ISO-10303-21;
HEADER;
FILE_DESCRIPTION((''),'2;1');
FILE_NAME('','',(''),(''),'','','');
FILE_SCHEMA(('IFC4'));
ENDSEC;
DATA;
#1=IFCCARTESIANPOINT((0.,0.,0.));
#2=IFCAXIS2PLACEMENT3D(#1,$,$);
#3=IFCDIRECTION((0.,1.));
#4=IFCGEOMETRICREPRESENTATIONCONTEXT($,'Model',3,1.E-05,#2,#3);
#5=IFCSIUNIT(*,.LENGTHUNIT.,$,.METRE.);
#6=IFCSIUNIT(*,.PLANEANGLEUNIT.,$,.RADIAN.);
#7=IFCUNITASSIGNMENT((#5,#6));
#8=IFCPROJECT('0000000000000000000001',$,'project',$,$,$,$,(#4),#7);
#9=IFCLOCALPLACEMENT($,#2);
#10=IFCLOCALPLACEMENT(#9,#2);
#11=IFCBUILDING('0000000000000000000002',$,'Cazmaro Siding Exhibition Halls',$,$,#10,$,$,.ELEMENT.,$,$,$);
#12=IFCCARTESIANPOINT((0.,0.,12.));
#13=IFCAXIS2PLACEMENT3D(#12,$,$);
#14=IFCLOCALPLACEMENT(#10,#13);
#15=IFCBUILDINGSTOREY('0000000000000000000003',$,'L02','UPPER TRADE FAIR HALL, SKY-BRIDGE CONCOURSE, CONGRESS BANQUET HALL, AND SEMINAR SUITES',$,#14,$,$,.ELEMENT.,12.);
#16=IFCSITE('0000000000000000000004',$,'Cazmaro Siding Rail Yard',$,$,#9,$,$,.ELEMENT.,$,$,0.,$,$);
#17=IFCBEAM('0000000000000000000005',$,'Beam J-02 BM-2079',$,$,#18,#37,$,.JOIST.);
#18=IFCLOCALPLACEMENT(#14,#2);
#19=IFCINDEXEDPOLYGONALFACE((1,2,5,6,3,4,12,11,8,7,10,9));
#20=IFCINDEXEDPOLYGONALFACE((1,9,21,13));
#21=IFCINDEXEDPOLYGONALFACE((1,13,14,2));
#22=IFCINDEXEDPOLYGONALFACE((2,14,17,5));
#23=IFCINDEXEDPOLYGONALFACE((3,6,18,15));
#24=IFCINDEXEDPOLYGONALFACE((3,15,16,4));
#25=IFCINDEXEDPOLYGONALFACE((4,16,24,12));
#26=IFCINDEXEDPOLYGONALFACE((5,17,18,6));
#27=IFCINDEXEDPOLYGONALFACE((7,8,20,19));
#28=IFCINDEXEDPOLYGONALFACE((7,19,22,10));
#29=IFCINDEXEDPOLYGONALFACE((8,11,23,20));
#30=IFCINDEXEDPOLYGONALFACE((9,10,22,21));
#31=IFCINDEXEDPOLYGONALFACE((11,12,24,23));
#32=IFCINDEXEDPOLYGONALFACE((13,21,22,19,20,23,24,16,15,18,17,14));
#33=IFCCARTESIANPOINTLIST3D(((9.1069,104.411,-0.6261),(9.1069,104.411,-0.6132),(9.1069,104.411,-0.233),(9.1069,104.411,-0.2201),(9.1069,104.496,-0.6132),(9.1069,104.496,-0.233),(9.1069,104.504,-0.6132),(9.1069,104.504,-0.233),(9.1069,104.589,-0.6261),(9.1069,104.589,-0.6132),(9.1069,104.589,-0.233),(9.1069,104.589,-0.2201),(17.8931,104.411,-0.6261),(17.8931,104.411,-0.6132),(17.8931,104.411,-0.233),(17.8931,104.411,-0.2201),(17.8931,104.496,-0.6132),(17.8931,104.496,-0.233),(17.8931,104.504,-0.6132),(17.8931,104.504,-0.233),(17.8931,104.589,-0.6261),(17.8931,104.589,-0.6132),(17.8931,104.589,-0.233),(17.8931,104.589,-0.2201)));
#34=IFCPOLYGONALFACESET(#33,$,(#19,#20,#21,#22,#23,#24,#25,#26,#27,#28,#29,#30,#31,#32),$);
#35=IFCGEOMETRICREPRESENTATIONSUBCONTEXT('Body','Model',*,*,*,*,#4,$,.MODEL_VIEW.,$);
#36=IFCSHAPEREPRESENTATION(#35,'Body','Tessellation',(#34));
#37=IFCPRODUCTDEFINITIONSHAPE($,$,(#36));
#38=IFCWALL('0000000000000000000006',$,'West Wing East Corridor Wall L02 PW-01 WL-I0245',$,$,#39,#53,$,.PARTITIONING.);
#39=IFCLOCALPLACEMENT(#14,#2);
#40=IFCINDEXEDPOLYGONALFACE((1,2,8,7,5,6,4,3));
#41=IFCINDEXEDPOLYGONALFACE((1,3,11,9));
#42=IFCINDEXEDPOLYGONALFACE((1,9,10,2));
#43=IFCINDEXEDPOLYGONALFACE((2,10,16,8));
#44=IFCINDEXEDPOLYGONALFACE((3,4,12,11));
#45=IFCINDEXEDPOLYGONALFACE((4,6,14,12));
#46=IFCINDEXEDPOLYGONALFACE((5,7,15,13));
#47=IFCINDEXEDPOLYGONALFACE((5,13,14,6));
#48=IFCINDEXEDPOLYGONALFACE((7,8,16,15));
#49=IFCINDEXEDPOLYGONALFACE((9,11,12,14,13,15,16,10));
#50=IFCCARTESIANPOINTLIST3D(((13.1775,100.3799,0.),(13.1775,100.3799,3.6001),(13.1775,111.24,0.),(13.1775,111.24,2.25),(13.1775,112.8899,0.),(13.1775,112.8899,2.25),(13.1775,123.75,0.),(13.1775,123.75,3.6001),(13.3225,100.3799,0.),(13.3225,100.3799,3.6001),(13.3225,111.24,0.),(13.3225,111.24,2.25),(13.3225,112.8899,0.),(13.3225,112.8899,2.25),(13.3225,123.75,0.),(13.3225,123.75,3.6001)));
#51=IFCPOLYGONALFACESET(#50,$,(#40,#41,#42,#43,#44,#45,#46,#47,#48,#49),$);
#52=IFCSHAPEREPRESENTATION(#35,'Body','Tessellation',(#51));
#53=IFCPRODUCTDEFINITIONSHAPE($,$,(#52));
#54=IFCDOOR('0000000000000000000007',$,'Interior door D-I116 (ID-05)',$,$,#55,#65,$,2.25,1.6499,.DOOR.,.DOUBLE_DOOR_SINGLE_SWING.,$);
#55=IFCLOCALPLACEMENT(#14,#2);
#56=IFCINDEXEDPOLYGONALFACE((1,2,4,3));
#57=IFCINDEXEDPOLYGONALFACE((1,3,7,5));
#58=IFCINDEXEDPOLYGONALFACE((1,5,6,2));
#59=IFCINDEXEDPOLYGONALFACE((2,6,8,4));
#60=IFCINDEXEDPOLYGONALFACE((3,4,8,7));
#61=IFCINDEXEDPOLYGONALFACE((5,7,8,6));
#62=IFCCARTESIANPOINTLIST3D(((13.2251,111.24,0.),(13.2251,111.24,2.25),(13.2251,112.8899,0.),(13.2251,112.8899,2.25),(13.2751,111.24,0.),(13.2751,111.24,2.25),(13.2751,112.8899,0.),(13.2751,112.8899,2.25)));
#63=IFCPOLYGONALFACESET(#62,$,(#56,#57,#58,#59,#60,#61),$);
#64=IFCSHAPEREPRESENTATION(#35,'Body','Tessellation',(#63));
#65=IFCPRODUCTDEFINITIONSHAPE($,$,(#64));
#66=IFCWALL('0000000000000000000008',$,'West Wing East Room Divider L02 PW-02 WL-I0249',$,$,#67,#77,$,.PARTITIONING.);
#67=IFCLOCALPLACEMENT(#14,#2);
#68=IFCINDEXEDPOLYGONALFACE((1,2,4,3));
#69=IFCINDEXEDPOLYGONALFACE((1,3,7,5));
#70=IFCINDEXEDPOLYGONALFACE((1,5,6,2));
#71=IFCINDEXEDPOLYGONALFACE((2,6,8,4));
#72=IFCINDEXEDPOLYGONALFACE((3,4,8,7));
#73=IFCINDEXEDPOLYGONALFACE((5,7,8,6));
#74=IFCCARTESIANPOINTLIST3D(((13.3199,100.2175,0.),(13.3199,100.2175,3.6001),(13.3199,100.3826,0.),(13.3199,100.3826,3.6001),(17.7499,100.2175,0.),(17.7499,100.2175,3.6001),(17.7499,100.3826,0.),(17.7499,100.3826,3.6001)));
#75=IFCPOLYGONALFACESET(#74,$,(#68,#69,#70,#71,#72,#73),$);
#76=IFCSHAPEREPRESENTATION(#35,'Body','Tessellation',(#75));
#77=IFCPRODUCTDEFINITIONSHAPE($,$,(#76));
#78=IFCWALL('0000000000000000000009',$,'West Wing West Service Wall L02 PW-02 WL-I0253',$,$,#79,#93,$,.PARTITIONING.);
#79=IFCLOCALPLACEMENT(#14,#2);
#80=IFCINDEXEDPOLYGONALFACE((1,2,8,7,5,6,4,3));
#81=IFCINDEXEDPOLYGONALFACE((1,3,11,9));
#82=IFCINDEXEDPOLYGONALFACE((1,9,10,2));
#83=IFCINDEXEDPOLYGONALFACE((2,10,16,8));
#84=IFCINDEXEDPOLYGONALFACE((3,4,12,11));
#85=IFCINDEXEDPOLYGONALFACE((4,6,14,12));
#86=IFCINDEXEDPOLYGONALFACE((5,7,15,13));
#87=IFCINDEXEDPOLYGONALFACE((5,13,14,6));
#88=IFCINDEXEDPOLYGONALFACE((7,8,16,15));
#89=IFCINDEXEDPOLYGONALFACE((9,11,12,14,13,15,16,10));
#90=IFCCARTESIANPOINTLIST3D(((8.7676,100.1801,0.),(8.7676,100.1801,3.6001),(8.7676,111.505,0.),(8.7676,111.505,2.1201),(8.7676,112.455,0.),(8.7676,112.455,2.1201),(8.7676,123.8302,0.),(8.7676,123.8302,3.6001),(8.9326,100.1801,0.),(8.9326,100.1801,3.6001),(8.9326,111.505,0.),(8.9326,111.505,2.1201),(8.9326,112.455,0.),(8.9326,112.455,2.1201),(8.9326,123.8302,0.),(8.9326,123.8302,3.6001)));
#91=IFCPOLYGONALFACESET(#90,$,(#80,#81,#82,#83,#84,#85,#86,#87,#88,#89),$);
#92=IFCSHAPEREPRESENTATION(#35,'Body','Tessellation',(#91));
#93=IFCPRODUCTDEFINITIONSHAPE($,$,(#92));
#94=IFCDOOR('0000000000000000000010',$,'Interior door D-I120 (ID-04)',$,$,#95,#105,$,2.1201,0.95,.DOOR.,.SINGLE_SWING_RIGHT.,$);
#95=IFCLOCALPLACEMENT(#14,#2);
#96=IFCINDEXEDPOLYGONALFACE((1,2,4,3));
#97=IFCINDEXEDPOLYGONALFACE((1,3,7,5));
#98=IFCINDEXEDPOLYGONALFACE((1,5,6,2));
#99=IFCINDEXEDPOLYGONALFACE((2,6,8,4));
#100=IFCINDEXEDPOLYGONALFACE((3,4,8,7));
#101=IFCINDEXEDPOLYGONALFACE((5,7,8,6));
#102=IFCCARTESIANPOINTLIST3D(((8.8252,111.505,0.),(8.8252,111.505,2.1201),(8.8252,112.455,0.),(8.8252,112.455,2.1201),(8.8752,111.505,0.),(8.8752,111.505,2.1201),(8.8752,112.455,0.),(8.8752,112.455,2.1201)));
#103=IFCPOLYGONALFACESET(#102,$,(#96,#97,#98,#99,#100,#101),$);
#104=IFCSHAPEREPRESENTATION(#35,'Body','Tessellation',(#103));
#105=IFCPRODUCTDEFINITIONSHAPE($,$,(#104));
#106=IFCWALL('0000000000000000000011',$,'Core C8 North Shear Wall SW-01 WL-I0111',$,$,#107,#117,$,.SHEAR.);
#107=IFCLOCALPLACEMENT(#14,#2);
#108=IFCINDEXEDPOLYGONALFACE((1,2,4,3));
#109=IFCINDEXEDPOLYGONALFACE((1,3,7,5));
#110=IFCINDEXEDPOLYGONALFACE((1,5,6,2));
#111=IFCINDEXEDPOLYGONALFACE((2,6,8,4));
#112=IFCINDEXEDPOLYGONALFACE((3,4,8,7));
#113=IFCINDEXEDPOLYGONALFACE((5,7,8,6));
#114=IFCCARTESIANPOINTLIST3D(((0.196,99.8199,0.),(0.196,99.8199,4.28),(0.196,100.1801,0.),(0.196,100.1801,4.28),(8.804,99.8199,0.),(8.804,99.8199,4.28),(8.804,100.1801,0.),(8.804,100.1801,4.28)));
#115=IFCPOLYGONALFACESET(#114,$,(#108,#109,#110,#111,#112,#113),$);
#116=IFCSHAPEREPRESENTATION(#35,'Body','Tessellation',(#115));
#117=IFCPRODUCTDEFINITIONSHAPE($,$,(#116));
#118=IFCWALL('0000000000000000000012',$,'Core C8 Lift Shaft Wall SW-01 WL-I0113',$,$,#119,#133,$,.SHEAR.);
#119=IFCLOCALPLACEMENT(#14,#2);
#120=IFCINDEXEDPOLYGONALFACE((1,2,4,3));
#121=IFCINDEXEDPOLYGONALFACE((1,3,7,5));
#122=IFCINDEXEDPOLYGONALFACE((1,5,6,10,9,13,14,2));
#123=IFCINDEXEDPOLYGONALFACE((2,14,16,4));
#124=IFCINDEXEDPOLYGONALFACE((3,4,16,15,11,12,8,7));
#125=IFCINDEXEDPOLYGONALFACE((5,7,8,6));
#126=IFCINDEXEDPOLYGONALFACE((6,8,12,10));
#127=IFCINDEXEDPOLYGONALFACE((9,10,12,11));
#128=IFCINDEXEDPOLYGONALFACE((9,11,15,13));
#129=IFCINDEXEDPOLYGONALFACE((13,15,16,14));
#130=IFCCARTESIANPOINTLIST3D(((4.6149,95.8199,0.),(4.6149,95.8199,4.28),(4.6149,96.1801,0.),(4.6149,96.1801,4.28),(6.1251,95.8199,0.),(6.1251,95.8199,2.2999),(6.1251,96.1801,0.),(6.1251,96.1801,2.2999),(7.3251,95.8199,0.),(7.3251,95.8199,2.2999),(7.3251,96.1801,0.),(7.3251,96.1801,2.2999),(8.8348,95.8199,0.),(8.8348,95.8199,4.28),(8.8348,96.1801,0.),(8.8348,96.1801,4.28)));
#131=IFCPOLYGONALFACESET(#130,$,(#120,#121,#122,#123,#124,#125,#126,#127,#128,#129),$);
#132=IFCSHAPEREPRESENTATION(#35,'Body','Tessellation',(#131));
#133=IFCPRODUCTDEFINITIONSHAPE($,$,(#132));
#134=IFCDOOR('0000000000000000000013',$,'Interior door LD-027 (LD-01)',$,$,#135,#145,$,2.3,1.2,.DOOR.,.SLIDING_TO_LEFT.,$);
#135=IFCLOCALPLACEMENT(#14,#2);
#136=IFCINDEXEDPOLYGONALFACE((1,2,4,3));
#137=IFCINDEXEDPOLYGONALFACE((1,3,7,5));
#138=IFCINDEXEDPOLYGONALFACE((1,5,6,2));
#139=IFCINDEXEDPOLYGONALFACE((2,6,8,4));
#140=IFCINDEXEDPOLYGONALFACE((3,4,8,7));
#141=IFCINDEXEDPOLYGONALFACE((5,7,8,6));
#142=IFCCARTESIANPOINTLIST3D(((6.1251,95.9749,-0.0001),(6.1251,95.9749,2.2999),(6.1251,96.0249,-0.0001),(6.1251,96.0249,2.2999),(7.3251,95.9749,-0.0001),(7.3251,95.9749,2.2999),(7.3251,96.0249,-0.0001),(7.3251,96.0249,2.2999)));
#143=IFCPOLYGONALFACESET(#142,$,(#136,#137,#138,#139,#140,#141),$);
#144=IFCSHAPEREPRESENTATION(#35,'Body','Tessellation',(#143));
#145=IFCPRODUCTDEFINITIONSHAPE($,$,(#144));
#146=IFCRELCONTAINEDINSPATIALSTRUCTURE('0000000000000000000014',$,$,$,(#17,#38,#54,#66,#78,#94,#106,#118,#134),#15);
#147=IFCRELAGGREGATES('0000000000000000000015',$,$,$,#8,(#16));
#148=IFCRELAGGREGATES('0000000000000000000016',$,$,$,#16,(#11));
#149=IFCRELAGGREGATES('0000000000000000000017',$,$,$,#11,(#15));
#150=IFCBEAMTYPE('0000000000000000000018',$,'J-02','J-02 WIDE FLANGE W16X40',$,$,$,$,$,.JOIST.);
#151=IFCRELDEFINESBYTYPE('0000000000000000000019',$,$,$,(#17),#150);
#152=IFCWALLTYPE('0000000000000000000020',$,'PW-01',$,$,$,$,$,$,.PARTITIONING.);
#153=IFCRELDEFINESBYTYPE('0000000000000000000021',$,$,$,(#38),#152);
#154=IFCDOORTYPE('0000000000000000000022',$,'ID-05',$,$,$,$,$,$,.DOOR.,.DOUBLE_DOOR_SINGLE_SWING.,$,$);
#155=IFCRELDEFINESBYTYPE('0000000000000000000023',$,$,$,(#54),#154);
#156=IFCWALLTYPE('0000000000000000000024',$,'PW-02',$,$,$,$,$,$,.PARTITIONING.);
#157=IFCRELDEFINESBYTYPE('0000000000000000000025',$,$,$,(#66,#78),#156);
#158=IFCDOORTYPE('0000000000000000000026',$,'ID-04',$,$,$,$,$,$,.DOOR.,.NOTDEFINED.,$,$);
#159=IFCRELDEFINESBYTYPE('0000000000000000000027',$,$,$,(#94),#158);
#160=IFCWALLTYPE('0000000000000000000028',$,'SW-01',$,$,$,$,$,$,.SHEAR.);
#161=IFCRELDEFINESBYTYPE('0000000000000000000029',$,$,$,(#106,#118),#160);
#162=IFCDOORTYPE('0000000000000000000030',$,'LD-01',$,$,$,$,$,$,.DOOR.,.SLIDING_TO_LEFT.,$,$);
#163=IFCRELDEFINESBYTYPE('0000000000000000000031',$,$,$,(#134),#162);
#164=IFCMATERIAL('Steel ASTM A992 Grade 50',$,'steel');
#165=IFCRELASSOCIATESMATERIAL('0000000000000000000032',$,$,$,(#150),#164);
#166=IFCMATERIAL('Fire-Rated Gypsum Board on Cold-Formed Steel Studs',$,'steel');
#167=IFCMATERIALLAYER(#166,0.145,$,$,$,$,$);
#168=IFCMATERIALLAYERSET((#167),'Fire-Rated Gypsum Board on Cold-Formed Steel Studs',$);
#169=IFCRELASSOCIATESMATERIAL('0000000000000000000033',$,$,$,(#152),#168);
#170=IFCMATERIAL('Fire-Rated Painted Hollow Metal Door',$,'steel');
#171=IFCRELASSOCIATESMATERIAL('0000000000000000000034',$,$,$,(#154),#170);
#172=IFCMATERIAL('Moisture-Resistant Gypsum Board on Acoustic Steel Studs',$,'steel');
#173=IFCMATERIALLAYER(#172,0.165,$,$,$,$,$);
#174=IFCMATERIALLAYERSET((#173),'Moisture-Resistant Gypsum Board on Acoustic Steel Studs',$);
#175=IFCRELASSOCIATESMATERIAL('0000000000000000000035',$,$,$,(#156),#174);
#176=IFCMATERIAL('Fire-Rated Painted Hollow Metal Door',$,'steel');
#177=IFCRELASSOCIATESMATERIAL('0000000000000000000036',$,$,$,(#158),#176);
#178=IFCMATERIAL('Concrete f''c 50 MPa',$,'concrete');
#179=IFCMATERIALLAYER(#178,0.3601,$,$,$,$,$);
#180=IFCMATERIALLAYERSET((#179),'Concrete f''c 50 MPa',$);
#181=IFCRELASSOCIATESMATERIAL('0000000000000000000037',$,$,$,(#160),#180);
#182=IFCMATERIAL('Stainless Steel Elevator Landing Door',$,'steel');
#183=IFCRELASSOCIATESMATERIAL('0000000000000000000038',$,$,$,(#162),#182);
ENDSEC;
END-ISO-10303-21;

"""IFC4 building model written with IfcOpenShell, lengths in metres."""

from ifc_helpers import new_model, si_unit, direction, frame, frame_2d, origin, origin_2d, place, context, subcontext, project, spatial, rectangle, i_section, extrude, material, layer, layer_set, material_profile, profile_set, type_object, element, fill, save


model = new_model("IFC4")

# Units and contexts
model_context = context("Model", 3, precision=1e-05, world=origin(), true_north=direction((0.0, 1.0)))
body_context = subcontext(model_context, "Body", "Model", "MODEL_VIEW")
ifc_project = project(units=[si_unit("LENGTHUNIT", "METRE"), si_unit("PLANEANGLEUNIT", "RADIAN")], contexts=[model_context])

# Site, building, storey
site_placement = place(None, origin())
site = spatial("IfcSite", under=ifc_project, at=site_placement, Name="Cazmaro Siding Rail Yard", CompositionType="ELEMENT", RefElevation=0.0)
building_placement = place(site_placement, origin())
building = spatial("IfcBuilding", under=site, at=building_placement, Name="Cazmaro Siding Exhibition Halls", CompositionType="ELEMENT")
storey_placement = place(building_placement, frame((0.0, 0.0, 12.0)))
storey = spatial("IfcBuildingStorey", under=building, at=storey_placement, Name="L02", Description="UPPER TRADE FAIR HALL, SKY-BRIDGE CONCOURSE, CONGRESS BANQUET HALL, AND SEMINAR SUITES", CompositionType="ELEMENT", Elevation=12.0)

# Beam
ifc_material_1 = material(Name="Steel ASTM A992 Grade 50", Category="steel")
ifc_material_profile_1 = material_profile(ifc_material_1, i_section(OverallWidth=0.178, OverallDepth=0.406, WebThickness=0.0081, FlangeThickness=0.0129, at=origin_2d()), Name="W16X40")
ifc_profile_set_1 = profile_set([ifc_material_profile_1], Name="Steel ASTM A992 Grade 50")
beam_type_1 = type_object("IfcBeamType", Name="J-02", Description="J-02 WIDE FLANGE W16X40", PredefinedType="JOIST", material=ifc_profile_set_1)
for number, where, z_axis, x_axis, name in (
    (1, (9.1069, 104.5, -0.4231), (1.0, 0.0, 0.0), (0.0, 1.0, 0.0), "Beam J-02 BM-2079"),
):
    element("IfcBeam", number, at=place(storey_placement, frame(where, z_axis=z_axis, x_axis=x_axis)), inside=storey, type_object=beam_type_1, Name=name, PredefinedType="JOIST", context=body_context, shape_type="SweptSolid", body=[
        extrude(i_section(OverallWidth=0.178, OverallDepth=0.406, WebThickness=0.0081, FlangeThickness=0.0129, at=origin_2d()), origin(), (0.0, 0.0, 1.0), 8.7861),
    ])

# Wall, opening, door
ifc_material_2 = material(Name="Fire-Rated Gypsum Board on Cold-Formed Steel Studs", Category="steel")
ifc_layer_1 = layer(ifc_material_2, 0.145)
ifc_layer_set_1 = layer_set([ifc_layer_1], Name="Fire-Rated Gypsum Board on Cold-Formed Steel Studs")
wall_type_1 = type_object("IfcWallType", Name="PW-01", PredefinedType="PARTITIONING", material=ifc_layer_set_1)
wall_1_placement = place(storey_placement, frame((13.25, 100.3799, 0.0), z_axis=(0.0, 0.0, 1.0), x_axis=(0.0, 1.0, 0.0)))
wall_1 = element("IfcWall", 2, at=wall_1_placement, inside=storey, type_object=wall_type_1, Name="West Wing East Corridor Wall L02 PW-01 WL-I0245", PredefinedType="PARTITIONING", context=body_context, shape_type="SweptSolid", body=[
    extrude(rectangle(XDim=23.3701, YDim=0.145, at=frame_2d((11.6851, 0.0))), origin(), (0.0, 0.0, 1.0), 3.6001),
])
opening_1_placement = place(wall_1_placement, frame((10.8601, 0.0, 0.0)))
opening_1 = element("IfcOpeningElement", 3, at=opening_1_placement, cuts=wall_1, PredefinedType="OPENING", context=body_context, shape_type="SweptSolid", body=[
    extrude(rectangle(XDim=1.6499, YDim=2.25, at=frame_2d((0.825, 1.125))), frame((0.0, 0.0825, 0.0), z_axis=(0.0, -1.0, 0.0), x_axis=(1.0, 0.0, 0.0)), (0.0, 0.0, 1.0), 0.165),
])
ifc_material_3 = material(Name="Fire-Rated Painted Hollow Metal Door", Category="steel")
door_type_1 = type_object("IfcDoorType", Name="ID-05", OperationType="DOUBLE_DOOR_SINGLE_SWING", PredefinedType="DOOR", material=ifc_material_3)
door_1_placement = place(opening_1_placement, origin())
door_1 = element("IfcDoor", 4, at=door_1_placement, inside=storey, type_object=door_type_1, Name="Interior door D-I116 (ID-05)", OperationType="DOUBLE_DOOR_SINGLE_SWING", OverallHeight=2.25, OverallWidth=1.6499, PredefinedType="DOOR", context=body_context, shape_type="SweptSolid", body=[
    extrude(rectangle(XDim=1.6499, YDim=2.25, at=frame_2d((0.825, 1.125))), frame((0.0, 0.0249, 0.0), z_axis=(0.0, -1.0, 0.0), x_axis=(1.0, 0.0, 0.0)), (0.0, 0.0, 1.0), 0.05),
])
fill(opening_1, door_1)

# Wall
ifc_material_4 = material(Name="Moisture-Resistant Gypsum Board on Acoustic Steel Studs", Category="steel")
ifc_layer_2 = layer(ifc_material_4, 0.165)
ifc_layer_set_2 = layer_set([ifc_layer_2], Name="Moisture-Resistant Gypsum Board on Acoustic Steel Studs")
wall_type_2 = type_object("IfcWallType", Name="PW-02", PredefinedType="PARTITIONING", material=ifc_layer_set_2)
wall_2_placement = place(storey_placement, frame((13.3201, 100.3, 0.0), z_axis=(0.0, 0.0, 1.0), x_axis=(1.0, 0.0, 0.0)))
element("IfcWall", 5, at=wall_2_placement, inside=storey, type_object=wall_type_2, Name="West Wing East Room Divider L02 PW-02 WL-I0249", PredefinedType="PARTITIONING", context=body_context, shape_type="SweptSolid", body=[
    extrude(rectangle(XDim=4.4299, YDim=0.165, at=frame_2d((2.2148, 0.0))), origin(), (0.0, 0.0, 1.0), 3.6001),
])

# Wall, opening, door
wall_3_placement = place(storey_placement, frame((8.8501, 100.1799, 0.0), z_axis=(0.0, 0.0, 1.0), x_axis=(0.0, 1.0, 0.0)))
wall_3 = element("IfcWall", 6, at=wall_3_placement, inside=storey, type_object=wall_type_2, Name="West Wing West Service Wall L02 PW-02 WL-I0253", PredefinedType="PARTITIONING", context=body_context, shape_type="SweptSolid", body=[
    extrude(rectangle(XDim=23.6501, YDim=0.165, at=frame_2d((11.8252, 0.0))), origin(), (0.0, 0.0, 1.0), 3.6001),
])
opening_2_placement = place(wall_3_placement, frame((11.325, 0.0, 0.0)))
opening_2 = element("IfcOpeningElement", 7, at=opening_2_placement, cuts=wall_3, PredefinedType="OPENING", context=body_context, shape_type="SweptSolid", body=[
    extrude(rectangle(XDim=0.95, YDim=2.1201, at=frame_2d((0.4751, 1.0601))), frame((0.0, 0.0925, 0.0), z_axis=(0.0, -1.0, 0.0), x_axis=(1.0, 0.0, 0.0)), (0.0, 0.0, 1.0), 0.1851),
])
ifc_material_5 = material(Name="Fire-Rated Painted Hollow Metal Door", Category="steel")
door_type_2 = type_object("IfcDoorType", Name="ID-04", OperationType="NOTDEFINED", PredefinedType="DOOR", material=ifc_material_5)
door_2_placement = place(opening_2_placement, origin())
door_2 = element("IfcDoor", 8, at=door_2_placement, inside=storey, type_object=door_type_2, Name="Interior door D-I120 (ID-04)", OperationType="SINGLE_SWING_RIGHT", OverallHeight=2.1201, OverallWidth=0.95, PredefinedType="DOOR", context=body_context, shape_type="SweptSolid", body=[
    extrude(rectangle(XDim=0.95, YDim=2.1201, at=frame_2d((0.4751, 1.0601))), frame((0.0, 0.0249, 0.0), z_axis=(0.0, -1.0, 0.0), x_axis=(1.0, 0.0, 0.0)), (0.0, 0.0, 1.0), 0.05),
])
fill(opening_2, door_2)

# Wall
ifc_material_6 = material(Name="Concrete f'c 50 MPa", Category="concrete")
ifc_layer_3 = layer(ifc_material_6, 0.3601)
ifc_layer_set_3 = layer_set([ifc_layer_3], Name="Concrete f'c 50 MPa")
wall_type_3 = type_object("IfcWallType", Name="SW-01", PredefinedType="SHEAR", material=ifc_layer_set_3)
wall_4_placement = place(storey_placement, frame((0.196, 100.0, 0.0), z_axis=(0.0, 0.0, 1.0), x_axis=(1.0, 0.0, 0.0)))
element("IfcWall", 9, at=wall_4_placement, inside=storey, type_object=wall_type_3, Name="Core C8 North Shear Wall SW-01 WL-I0111", PredefinedType="SHEAR", context=body_context, shape_type="SweptSolid", body=[
    extrude(rectangle(XDim=8.6079, YDim=0.3601, at=frame_2d((4.304, 0.0))), origin(), (0.0, 0.0, 1.0), 4.28),
])

# Wall, opening, door
wall_5_placement = place(storey_placement, frame((4.615, 96.0, 0.0), z_axis=(0.0, 0.0, 1.0), x_axis=(1.0, 0.0, 0.0)))
wall_5 = element("IfcWall", 10, at=wall_5_placement, inside=storey, type_object=wall_type_3, Name="Core C8 Lift Shaft Wall SW-01 WL-I0113", PredefinedType="SHEAR", context=body_context, shape_type="SweptSolid", body=[
    extrude(rectangle(XDim=4.22, YDim=0.3601, at=frame_2d((2.1099, 0.0))), origin(), (0.0, 0.0, 1.0), 4.28),
])
opening_3_placement = place(wall_5_placement, frame((1.51, 0.0, 0.0)))
opening_3 = element("IfcOpeningElement", 11, at=opening_3_placement, cuts=wall_5, PredefinedType="OPENING", context=body_context, shape_type="SweptSolid", body=[
    extrude(rectangle(XDim=1.2, YDim=2.3, at=frame_2d((0.6001, 1.1499))), frame((0.0, 0.1899, 0.0), z_axis=(0.0, -1.0, 0.0), x_axis=(1.0, 0.0, 0.0)), (0.0, 0.0, 1.0), 0.3801),
])
ifc_material_7 = material(Name="Stainless Steel Elevator Landing Door", Category="steel")
door_type_3 = type_object("IfcDoorType", Name="LD-01", OperationType="SLIDING_TO_LEFT", PredefinedType="DOOR", material=ifc_material_7)
door_3_placement = place(opening_3_placement, origin())
door_3 = element("IfcDoor", 12, at=door_3_placement, inside=storey, type_object=door_type_3, Name="Interior door LD-027 (LD-01)", OperationType="SLIDING_TO_LEFT", OverallHeight=2.3, OverallWidth=1.2, PredefinedType="DOOR", context=body_context, shape_type="SweptSolid", body=[
    extrude(rectangle(XDim=1.2, YDim=2.3, at=frame_2d((0.6001, 1.1499))), frame((0.0, 0.0249, 0.0), z_axis=(0.0, -1.0, 0.0), x_axis=(1.0, 0.0, 0.0)), (0.0, 0.0, 1.0), 0.05),
])
fill(opening_3, door_3)

save(model, "model.ifc")
